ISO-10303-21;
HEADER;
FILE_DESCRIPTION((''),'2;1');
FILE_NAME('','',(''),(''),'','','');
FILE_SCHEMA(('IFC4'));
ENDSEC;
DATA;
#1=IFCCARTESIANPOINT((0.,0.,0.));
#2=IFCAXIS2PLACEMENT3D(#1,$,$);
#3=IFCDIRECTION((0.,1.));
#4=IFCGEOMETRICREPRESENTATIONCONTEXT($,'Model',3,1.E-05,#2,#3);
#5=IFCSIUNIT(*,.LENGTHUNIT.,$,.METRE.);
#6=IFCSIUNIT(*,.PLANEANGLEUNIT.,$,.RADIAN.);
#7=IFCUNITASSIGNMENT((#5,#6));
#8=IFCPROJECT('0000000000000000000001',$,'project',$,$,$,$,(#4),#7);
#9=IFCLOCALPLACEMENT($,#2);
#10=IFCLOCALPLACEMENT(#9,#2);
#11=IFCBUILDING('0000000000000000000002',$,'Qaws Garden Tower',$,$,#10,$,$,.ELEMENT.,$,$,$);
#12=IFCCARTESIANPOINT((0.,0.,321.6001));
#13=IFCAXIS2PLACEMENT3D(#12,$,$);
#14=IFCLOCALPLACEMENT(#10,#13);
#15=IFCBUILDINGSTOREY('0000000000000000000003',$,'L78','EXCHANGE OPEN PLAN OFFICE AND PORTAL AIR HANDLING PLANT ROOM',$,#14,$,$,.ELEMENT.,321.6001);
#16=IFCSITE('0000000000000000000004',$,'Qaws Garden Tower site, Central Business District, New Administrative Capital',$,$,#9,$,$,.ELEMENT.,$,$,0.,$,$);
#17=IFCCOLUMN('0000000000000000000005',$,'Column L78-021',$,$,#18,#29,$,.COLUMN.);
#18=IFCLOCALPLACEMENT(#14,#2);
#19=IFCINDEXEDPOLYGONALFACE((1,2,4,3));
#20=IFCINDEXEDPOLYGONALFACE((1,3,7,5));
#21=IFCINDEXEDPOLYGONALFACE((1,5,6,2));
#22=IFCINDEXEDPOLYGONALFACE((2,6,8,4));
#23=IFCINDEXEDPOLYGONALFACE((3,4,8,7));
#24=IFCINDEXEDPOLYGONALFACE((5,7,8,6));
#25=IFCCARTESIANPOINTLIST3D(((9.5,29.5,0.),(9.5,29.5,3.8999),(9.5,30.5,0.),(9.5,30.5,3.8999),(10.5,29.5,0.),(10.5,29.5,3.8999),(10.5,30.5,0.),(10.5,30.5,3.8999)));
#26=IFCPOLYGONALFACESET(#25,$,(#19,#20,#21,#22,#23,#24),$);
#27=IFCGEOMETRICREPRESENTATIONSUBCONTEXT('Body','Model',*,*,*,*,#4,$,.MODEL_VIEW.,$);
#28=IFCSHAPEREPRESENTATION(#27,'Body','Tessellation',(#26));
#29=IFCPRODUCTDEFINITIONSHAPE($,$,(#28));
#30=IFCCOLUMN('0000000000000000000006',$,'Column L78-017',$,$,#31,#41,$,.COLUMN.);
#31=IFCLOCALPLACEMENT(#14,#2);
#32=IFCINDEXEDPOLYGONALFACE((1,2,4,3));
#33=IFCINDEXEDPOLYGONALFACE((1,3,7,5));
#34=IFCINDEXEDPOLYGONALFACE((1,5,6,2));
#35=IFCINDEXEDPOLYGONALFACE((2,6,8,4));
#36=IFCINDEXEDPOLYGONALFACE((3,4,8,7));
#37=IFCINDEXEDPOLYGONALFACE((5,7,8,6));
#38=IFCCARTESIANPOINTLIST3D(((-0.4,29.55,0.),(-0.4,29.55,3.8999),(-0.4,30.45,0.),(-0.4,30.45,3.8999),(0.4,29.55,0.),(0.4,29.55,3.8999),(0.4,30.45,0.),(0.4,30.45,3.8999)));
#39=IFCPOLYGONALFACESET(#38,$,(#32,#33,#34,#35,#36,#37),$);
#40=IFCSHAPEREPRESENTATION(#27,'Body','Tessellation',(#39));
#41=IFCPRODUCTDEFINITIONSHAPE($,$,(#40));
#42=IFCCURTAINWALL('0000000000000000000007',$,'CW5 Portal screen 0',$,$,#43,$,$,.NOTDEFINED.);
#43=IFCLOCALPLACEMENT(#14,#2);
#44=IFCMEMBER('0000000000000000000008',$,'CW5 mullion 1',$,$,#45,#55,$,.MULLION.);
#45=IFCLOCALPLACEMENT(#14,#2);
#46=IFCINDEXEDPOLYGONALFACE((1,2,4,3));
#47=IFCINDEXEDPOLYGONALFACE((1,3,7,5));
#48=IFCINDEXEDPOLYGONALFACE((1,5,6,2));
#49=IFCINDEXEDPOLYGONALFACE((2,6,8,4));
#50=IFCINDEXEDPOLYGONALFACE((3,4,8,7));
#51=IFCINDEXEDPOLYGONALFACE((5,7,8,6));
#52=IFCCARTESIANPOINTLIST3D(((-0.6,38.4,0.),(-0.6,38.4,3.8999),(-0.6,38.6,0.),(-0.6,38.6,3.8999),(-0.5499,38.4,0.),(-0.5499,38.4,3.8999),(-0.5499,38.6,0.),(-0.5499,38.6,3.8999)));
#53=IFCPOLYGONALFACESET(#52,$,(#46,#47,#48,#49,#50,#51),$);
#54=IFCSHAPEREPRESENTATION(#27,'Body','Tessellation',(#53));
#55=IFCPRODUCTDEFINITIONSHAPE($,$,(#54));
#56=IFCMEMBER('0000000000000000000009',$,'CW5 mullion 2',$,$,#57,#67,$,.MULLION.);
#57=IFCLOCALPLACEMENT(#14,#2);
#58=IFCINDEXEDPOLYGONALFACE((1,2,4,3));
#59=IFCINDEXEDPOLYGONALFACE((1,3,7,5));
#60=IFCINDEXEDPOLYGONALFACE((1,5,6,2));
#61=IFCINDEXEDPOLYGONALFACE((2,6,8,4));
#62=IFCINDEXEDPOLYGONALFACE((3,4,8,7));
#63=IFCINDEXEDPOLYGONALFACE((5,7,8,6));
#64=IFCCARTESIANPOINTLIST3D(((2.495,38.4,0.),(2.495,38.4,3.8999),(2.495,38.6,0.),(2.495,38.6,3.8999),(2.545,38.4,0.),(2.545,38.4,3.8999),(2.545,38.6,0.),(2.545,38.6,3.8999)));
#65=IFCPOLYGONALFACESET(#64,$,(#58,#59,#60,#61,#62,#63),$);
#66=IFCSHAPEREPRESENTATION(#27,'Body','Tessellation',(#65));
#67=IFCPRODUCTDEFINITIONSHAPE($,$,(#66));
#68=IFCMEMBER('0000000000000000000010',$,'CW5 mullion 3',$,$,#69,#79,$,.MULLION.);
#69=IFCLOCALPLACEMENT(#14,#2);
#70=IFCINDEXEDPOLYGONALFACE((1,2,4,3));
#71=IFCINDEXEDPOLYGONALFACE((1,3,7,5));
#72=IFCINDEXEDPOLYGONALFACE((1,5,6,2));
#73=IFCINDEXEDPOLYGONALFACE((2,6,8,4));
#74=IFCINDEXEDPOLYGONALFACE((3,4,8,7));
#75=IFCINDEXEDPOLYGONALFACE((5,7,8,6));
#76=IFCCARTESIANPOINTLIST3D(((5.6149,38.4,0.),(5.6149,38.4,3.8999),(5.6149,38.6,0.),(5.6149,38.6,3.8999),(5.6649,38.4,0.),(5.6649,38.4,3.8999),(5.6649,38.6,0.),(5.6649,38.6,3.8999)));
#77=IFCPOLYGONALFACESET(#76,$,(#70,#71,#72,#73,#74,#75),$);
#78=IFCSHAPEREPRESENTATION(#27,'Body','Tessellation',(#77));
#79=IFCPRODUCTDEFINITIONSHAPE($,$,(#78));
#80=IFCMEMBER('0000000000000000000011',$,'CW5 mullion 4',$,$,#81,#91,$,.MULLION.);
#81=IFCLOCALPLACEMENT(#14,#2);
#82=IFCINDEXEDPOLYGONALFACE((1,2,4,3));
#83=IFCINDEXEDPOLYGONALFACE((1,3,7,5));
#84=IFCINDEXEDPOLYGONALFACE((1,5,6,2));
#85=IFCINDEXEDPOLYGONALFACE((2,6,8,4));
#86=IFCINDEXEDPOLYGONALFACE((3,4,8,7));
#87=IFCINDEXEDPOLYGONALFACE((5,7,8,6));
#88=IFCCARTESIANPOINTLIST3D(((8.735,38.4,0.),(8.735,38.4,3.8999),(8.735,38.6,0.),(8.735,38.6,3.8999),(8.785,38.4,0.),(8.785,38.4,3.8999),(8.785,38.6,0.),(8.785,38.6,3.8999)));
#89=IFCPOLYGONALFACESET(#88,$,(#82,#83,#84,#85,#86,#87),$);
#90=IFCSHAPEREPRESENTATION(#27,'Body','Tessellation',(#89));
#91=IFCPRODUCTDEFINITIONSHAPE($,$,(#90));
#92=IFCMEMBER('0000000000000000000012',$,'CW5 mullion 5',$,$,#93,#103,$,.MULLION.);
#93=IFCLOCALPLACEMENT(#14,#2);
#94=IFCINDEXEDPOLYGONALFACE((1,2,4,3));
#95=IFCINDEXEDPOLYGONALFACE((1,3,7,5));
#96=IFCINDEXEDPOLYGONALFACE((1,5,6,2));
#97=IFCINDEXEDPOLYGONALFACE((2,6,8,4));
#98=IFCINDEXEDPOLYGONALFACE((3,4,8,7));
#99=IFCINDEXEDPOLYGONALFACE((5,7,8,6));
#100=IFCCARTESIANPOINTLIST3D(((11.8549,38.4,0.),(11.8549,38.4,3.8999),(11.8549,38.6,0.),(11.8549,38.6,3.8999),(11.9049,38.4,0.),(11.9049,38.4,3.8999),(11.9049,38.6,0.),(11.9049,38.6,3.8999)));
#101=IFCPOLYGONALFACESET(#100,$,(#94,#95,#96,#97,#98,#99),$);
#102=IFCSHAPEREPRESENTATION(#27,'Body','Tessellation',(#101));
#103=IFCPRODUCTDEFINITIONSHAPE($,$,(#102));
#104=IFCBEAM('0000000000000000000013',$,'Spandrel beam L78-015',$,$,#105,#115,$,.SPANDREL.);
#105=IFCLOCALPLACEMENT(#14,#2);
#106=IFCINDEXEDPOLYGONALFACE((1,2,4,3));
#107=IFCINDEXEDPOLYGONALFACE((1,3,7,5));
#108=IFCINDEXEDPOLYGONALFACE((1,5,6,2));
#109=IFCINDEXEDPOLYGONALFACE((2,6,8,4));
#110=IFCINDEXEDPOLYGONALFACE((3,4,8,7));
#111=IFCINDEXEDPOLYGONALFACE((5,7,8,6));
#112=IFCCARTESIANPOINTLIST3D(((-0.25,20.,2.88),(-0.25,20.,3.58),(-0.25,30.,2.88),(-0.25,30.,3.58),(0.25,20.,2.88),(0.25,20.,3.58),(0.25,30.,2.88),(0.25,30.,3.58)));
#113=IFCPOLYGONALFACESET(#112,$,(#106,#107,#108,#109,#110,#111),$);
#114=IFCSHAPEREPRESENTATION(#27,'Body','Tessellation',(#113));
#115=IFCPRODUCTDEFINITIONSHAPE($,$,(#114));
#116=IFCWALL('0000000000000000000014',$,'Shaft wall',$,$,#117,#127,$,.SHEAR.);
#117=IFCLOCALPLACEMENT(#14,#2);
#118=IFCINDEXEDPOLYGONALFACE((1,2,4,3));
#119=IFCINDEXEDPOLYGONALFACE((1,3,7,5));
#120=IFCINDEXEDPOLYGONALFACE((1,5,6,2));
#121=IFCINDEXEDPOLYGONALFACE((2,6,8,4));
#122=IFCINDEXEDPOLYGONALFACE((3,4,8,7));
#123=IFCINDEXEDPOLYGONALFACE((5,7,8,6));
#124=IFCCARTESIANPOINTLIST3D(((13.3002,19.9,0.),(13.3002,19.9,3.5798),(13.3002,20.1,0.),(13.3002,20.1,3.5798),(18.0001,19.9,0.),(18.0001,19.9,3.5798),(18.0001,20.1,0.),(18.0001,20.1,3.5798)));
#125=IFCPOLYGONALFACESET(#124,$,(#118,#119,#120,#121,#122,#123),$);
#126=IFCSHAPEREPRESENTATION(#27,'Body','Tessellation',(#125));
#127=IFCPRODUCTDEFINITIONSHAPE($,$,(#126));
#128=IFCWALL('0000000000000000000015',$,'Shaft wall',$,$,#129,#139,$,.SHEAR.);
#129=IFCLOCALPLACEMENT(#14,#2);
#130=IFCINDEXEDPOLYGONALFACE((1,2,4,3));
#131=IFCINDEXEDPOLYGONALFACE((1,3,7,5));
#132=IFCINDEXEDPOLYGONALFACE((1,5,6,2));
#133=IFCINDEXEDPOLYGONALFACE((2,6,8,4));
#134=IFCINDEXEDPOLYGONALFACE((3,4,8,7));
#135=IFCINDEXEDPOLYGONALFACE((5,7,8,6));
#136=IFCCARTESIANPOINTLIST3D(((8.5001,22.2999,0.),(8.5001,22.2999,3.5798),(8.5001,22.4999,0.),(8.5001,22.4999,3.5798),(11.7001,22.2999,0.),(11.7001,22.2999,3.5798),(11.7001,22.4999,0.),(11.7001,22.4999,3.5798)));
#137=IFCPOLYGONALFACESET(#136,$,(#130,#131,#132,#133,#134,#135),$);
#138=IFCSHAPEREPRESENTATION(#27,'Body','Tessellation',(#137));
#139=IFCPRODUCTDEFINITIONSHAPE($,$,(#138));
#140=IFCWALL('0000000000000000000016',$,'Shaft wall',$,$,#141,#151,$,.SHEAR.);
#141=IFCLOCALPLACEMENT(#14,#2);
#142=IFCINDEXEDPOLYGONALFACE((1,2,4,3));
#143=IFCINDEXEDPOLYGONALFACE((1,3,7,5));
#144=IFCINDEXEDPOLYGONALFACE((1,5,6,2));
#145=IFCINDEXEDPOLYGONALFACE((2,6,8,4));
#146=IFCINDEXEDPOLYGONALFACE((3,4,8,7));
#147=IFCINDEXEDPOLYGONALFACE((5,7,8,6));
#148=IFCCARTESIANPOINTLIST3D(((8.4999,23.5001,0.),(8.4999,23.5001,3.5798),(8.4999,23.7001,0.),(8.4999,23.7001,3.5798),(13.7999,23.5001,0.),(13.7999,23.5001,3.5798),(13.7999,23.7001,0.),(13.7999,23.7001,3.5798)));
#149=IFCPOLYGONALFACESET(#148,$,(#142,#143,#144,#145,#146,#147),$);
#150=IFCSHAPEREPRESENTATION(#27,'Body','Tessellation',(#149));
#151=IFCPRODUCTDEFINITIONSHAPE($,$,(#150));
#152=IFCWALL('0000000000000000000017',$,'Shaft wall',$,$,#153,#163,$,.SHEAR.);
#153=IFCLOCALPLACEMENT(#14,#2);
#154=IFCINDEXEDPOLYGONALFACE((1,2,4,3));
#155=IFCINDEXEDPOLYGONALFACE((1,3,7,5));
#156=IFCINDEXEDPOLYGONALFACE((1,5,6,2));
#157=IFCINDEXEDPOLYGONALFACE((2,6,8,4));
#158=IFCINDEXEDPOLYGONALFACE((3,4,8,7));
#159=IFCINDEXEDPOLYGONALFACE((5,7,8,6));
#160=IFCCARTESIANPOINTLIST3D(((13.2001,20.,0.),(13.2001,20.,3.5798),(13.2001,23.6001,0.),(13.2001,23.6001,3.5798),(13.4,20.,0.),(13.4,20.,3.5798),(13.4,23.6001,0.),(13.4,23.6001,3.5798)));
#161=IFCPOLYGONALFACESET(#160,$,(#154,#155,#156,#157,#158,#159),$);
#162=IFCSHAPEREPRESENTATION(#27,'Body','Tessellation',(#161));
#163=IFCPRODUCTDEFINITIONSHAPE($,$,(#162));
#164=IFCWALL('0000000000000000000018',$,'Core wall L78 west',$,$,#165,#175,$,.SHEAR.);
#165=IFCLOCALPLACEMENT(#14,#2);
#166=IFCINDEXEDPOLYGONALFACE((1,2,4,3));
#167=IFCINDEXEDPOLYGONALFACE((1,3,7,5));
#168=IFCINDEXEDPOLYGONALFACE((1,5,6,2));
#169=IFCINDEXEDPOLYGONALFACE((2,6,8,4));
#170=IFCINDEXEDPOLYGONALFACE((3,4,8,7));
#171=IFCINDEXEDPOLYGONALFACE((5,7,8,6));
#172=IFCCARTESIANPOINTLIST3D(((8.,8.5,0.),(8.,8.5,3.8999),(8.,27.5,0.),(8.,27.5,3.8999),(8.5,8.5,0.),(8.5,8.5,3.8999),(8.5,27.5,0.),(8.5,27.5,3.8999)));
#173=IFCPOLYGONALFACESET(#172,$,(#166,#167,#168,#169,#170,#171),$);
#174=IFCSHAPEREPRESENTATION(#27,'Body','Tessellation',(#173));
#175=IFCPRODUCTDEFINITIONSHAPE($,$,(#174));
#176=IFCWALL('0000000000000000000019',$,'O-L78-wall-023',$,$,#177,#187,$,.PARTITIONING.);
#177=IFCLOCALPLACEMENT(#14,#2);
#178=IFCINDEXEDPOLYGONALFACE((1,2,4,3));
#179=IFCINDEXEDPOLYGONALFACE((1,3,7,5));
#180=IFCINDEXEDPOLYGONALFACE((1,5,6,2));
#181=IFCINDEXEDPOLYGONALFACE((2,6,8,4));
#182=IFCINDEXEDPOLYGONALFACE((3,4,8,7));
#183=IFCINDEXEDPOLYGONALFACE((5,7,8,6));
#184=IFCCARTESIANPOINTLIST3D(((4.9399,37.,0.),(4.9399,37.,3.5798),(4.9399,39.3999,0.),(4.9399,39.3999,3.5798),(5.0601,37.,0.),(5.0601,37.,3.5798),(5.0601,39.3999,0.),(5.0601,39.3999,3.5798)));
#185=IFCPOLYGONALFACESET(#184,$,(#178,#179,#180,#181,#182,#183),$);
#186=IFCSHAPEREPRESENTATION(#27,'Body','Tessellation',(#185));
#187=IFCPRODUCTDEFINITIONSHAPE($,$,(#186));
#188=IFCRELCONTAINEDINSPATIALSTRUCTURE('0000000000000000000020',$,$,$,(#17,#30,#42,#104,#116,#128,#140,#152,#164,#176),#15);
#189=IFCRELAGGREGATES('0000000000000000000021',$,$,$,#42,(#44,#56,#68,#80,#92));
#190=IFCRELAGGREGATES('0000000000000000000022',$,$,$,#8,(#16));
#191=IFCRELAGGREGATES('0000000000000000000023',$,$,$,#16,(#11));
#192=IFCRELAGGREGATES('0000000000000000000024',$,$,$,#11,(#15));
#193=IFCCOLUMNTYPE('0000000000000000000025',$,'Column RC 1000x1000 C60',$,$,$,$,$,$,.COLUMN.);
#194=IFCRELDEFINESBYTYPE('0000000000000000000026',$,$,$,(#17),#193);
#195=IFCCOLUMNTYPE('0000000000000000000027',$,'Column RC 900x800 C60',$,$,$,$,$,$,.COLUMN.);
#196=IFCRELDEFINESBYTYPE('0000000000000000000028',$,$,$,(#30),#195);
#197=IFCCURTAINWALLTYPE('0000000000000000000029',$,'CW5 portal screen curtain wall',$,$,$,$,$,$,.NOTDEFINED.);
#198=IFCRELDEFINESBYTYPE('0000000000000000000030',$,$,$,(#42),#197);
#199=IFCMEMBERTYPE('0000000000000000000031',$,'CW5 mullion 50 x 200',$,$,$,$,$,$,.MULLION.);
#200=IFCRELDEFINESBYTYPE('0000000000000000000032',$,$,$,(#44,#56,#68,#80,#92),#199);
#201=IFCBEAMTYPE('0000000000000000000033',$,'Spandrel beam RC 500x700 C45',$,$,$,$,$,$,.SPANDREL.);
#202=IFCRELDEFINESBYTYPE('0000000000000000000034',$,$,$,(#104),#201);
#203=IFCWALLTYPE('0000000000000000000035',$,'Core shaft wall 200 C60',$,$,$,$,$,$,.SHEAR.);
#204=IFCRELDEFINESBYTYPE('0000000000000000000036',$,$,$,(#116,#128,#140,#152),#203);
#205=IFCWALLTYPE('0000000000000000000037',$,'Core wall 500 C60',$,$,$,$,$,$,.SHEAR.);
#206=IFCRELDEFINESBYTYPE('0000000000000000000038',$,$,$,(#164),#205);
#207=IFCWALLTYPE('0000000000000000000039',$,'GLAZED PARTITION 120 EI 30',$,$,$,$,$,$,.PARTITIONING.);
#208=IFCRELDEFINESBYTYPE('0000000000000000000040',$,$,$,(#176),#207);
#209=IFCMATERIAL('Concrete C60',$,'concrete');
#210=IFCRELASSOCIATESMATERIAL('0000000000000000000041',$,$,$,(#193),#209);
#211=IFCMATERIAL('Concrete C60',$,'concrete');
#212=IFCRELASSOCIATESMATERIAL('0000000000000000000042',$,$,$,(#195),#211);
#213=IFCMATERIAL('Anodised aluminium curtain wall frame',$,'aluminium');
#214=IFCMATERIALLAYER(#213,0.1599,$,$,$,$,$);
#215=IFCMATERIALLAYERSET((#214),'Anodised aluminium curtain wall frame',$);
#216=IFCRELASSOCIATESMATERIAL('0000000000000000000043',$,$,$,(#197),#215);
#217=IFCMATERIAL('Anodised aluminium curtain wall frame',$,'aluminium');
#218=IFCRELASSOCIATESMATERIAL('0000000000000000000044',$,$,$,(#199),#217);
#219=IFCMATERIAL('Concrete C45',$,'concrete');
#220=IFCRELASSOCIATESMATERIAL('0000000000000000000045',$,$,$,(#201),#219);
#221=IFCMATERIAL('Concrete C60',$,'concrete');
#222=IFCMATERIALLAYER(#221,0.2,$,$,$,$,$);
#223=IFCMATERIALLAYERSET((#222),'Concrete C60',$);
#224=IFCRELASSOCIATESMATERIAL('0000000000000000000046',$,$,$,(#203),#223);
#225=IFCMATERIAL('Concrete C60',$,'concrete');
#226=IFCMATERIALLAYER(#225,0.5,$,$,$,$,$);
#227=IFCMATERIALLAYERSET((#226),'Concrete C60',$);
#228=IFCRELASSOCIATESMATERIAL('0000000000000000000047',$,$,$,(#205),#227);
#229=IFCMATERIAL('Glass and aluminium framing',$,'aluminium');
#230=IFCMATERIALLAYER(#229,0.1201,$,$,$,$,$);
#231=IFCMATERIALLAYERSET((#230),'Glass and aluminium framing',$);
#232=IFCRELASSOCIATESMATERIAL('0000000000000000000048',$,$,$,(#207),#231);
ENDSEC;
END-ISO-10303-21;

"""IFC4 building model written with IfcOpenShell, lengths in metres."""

from ifc_helpers import new_model, si_unit, direction, frame, frame_2d, origin, origin_2d, place, context, subcontext, project, spatial, rectangle, extrude, material, layer, layer_set, material_profile, profile_set, type_object, element, aggregate, save


model = new_model("IFC4")

# Units and contexts
model_context = context("Model", 3, precision=1e-05, world=origin(), true_north=direction((0.0, 1.0)))
body_context = subcontext(model_context, "Body", "Model", "MODEL_VIEW")
ifc_project = project(units=[si_unit("LENGTHUNIT", "METRE"), si_unit("PLANEANGLEUNIT", "RADIAN")], contexts=[model_context])

# Site, building, storey
site_placement = place(None, origin())
site = spatial("IfcSite", under=ifc_project, at=site_placement, Name="Qaws Garden Tower site, Central Business District, New Administrative Capital", CompositionType="ELEMENT", RefElevation=0.0)
building_placement = place(site_placement, origin())
building = spatial("IfcBuilding", under=site, at=building_placement, Name="Qaws Garden Tower", CompositionType="ELEMENT")
storey_placement = place(building_placement, frame((0.0, 0.0, 321.6001)))
storey = spatial("IfcBuildingStorey", under=building, at=storey_placement, Name="L78", Description="EXCHANGE OPEN PLAN OFFICE AND PORTAL AIR HANDLING PLANT ROOM", CompositionType="ELEMENT", Elevation=321.6001)

# Columns
ifc_material_1 = material(Name="Concrete C60", Category="concrete")
ifc_material_profile_1 = material_profile(ifc_material_1, rectangle(XDim=1.0, YDim=1.0, at=origin_2d()), Name="RC 1000x1000")
ifc_profile_set_1 = profile_set([ifc_material_profile_1], Name="Concrete C60")
column_type_1 = type_object("IfcColumnType", Name="Column RC 1000x1000 C60", PredefinedType="COLUMN", material=ifc_profile_set_1)
column_1_placement = place(storey_placement, frame((10.0, 30.0, 0.0), z_axis=(0.0, 0.0, 1.0), x_axis=(1.0, 0.0, 0.0)))
element("IfcColumn", 1, at=column_1_placement, inside=storey, type_object=column_type_1, Name="Column L78-021", PredefinedType="COLUMN", context=body_context, shape_type="SweptSolid", body=[
    extrude(rectangle(XDim=1.0, YDim=1.0, at=origin_2d()), origin(), (0.0, 0.0, 1.0), 3.8999),
])
ifc_material_2 = material(Name="Concrete C60", Category="concrete")
ifc_material_profile_2 = material_profile(ifc_material_2, rectangle(XDim=0.8999, YDim=0.8, at=origin_2d()), Name="RC 900x800")
ifc_profile_set_2 = profile_set([ifc_material_profile_2], Name="Concrete C60")
column_type_2 = type_object("IfcColumnType", Name="Column RC 900x800 C60", PredefinedType="COLUMN", material=ifc_profile_set_2)
column_2_placement = place(storey_placement, frame((0.0, 30.0, 0.0), z_axis=(0.0, 0.0, 1.0), x_axis=(0.0, 1.0, 0.0)))
element("IfcColumn", 2, at=column_2_placement, inside=storey, type_object=column_type_2, Name="Column L78-017", PredefinedType="COLUMN", context=body_context, shape_type="SweptSolid", body=[
    extrude(rectangle(XDim=0.8999, YDim=0.8, at=origin_2d()), origin(), (0.0, 0.0, 1.0), 3.8999),
])

# Curtain wall, members
ifc_material_3 = material(Name="Anodised aluminium curtain wall frame", Category="aluminium")
ifc_layer_1 = layer(ifc_material_3, 0.1599)
ifc_layer_set_1 = layer_set([ifc_layer_1], Name="Anodised aluminium curtain wall frame")
curtain_wall_type = type_object("IfcCurtainWallType", Name="CW5 portal screen curtain wall", PredefinedType="NOTDEFINED", material=ifc_layer_set_1)
placement = place(storey_placement, origin())
curtain_wall = element("IfcCurtainWall", 3, at=placement, inside=storey, type_object=curtain_wall_type, Name="CW5 Portal screen 0", PredefinedType="NOTDEFINED")
ifc_material_4 = material(Name="Anodised aluminium curtain wall frame", Category="aluminium")
ifc_material_profile_3 = material_profile(ifc_material_4, rectangle(XDim=0.2, YDim=0.05, at=origin_2d()), Name="AL 50x200")
ifc_profile_set_3 = profile_set([ifc_material_profile_3], Name="Anodised aluminium curtain wall frame")
member_type = type_object("IfcMemberType", Name="CW5 mullion 50 x 200", PredefinedType="MULLION", material=ifc_profile_set_3)
member_1_placement = place(storey_placement, frame((-0.575, 38.5, 0.0), z_axis=(0.0, 0.0, 1.0), x_axis=(0.0, 1.0, 0.0)))
member_1 = element("IfcMember", 4, at=member_1_placement, type_object=member_type, Name="CW5 mullion 1", PredefinedType="MULLION", context=body_context, shape_type="SweptSolid", body=[
    extrude(rectangle(XDim=0.2, YDim=0.05, at=origin_2d()), origin(), (0.0, 0.0, 1.0), 3.8999),
])
member_2_placement = place(storey_placement, frame((2.52, 38.5, 0.0), z_axis=(0.0, 0.0, 1.0), x_axis=(0.0, 1.0, 0.0)))
member_2 = element("IfcMember", 5, at=member_2_placement, type_object=member_type, Name="CW5 mullion 2", PredefinedType="MULLION", context=body_context, shape_type="SweptSolid", body=[
    extrude(rectangle(XDim=0.2, YDim=0.05, at=origin_2d()), origin(), (0.0, 0.0, 1.0), 3.8999),
])
member_3_placement = place(storey_placement, frame((5.6399, 38.5, 0.0), z_axis=(0.0, 0.0, 1.0), x_axis=(0.0, 1.0, 0.0)))
member_3 = element("IfcMember", 6, at=member_3_placement, type_object=member_type, Name="CW5 mullion 3", PredefinedType="MULLION", context=body_context, shape_type="SweptSolid", body=[
    extrude(rectangle(XDim=0.2, YDim=0.05, at=origin_2d()), origin(), (0.0, 0.0, 1.0), 3.8999),
])
member_4_placement = place(storey_placement, frame((8.76, 38.5, 0.0), z_axis=(0.0, 0.0, 1.0), x_axis=(0.0, 1.0, 0.0)))
member_4 = element("IfcMember", 7, at=member_4_placement, type_object=member_type, Name="CW5 mullion 4", PredefinedType="MULLION", context=body_context, shape_type="SweptSolid", body=[
    extrude(rectangle(XDim=0.2, YDim=0.05, at=origin_2d()), origin(), (0.0, 0.0, 1.0), 3.8999),
])
member_5_placement = place(storey_placement, frame((11.8799, 38.5, 0.0), z_axis=(0.0, 0.0, 1.0), x_axis=(0.0, 1.0, 0.0)))
member_5 = element("IfcMember", 8, at=member_5_placement, type_object=member_type, Name="CW5 mullion 5", PredefinedType="MULLION", context=body_context, shape_type="SweptSolid", body=[
    extrude(rectangle(XDim=0.2, YDim=0.05, at=origin_2d()), origin(), (0.0, 0.0, 1.0), 3.8999),
])
aggregate(curtain_wall, [member_1, member_2, member_3, member_4, member_5])

# Beam
ifc_material_5 = material(Name="Concrete C45", Category="concrete")
ifc_material_profile_4 = material_profile(ifc_material_5, rectangle(XDim=0.5, YDim=0.7, at=origin_2d()), Name="RC 500x700")
ifc_profile_set_4 = profile_set([ifc_material_profile_4], Name="Concrete C45")
beam_type = type_object("IfcBeamType", Name="Spandrel beam RC 500x700 C45", PredefinedType="SPANDREL", material=ifc_profile_set_4)
beam_placement = place(storey_placement, frame((0.0, 30.0, 3.23), z_axis=(0.0, -1.0, 0.0), x_axis=(1.0, 0.0, 0.0)))
element("IfcBeam", 9, at=beam_placement, inside=storey, type_object=beam_type, Name="Spandrel beam L78-015", PredefinedType="SPANDREL", context=body_context, shape_type="SweptSolid", body=[
    extrude(rectangle(XDim=0.5, YDim=0.7, at=origin_2d()), origin(), (0.0, 0.0, 1.0), 10.0),
])

# Walls
ifc_material_6 = material(Name="Concrete C60", Category="concrete")
ifc_layer_2 = layer(ifc_material_6, 0.2)
ifc_layer_set_2 = layer_set([ifc_layer_2], Name="Concrete C60")
wall_type_1 = type_object("IfcWallType", Name="Core shaft wall 200 C60", PredefinedType="SHEAR", material=ifc_layer_set_2)
wall_1_placement = place(storey_placement, frame((13.3, 20.0, 0.0), z_axis=(0.0, 0.0, 1.0), x_axis=(1.0, 0.0, 0.0)))
element("IfcWall", 10, at=wall_1_placement, inside=storey, type_object=wall_type_1, Name="Shaft wall", PredefinedType="SHEAR", context=body_context, shape_type="SweptSolid", body=[
    extrude(rectangle(XDim=4.7, YDim=0.2, at=frame_2d((2.3501, 0.0))), origin(), (0.0, 0.0, 1.0), 3.5798),
])
wall_2_placement = place(storey_placement, frame((8.5, 22.3999, 0.0), z_axis=(0.0, 0.0, 1.0), x_axis=(1.0, 0.0, 0.0)))
element("IfcWall", 11, at=wall_2_placement, inside=storey, type_object=wall_type_1, Name="Shaft wall", PredefinedType="SHEAR", context=body_context, shape_type="SweptSolid", body=[
    extrude(rectangle(XDim=3.2, YDim=0.2, at=frame_2d((1.6001, 0.0))), origin(), (0.0, 0.0, 1.0), 3.5798),
])
wall_3_placement = place(storey_placement, frame((8.5, 23.6001, 0.0), z_axis=(0.0, 0.0, 1.0), x_axis=(1.0, 0.0, 0.0)))
element("IfcWall", 12, at=wall_3_placement, inside=storey, type_object=wall_type_1, Name="Shaft wall", PredefinedType="SHEAR", context=body_context, shape_type="SweptSolid", body=[
    extrude(rectangle(XDim=5.3, YDim=0.2, at=frame_2d((2.6499, 0.0))), origin(), (0.0, 0.0, 1.0), 3.5798),
])
wall_4_placement = place(storey_placement, frame((13.3, 20.0, 0.0), z_axis=(0.0, 0.0, 1.0), x_axis=(0.0, 1.0, 0.0)))
element("IfcWall", 13, at=wall_4_placement, inside=storey, type_object=wall_type_1, Name="Shaft wall", PredefinedType="SHEAR", context=body_context, shape_type="SweptSolid", body=[
    extrude(rectangle(XDim=3.6001, YDim=0.2, at=frame_2d((1.8, 0.0))), origin(), (0.0, 0.0, 1.0), 3.5798),
])
ifc_material_7 = material(Name="Concrete C60", Category="concrete")
ifc_layer_3 = layer(ifc_material_7, 0.5)
ifc_layer_set_3 = layer_set([ifc_layer_3], Name="Concrete C60")
wall_type_2 = type_object("IfcWallType", Name="Core wall 500 C60", PredefinedType="SHEAR", material=ifc_layer_set_3)
wall_5_placement = place(storey_placement, frame((8.25, 27.5, 0.0), z_axis=(0.0, 0.0, 1.0), x_axis=(0.0, -1.0, 0.0)))
element("IfcWall", 14, at=wall_5_placement, inside=storey, type_object=wall_type_2, Name="Core wall L78 west", PredefinedType="SHEAR", context=body_context, shape_type="SweptSolid", body=[
    extrude(rectangle(XDim=19.0, YDim=0.5, at=frame_2d((9.5, 0.0))), origin(), (0.0, 0.0, 1.0), 3.8999),
])
ifc_material_8 = material(Name="Glass and aluminium framing", Category="aluminium")
ifc_layer_4 = layer(ifc_material_8, 0.1201)
ifc_layer_set_4 = layer_set([ifc_layer_4], Name="Glass and aluminium framing")
wall_type_3 = type_object("IfcWallType", Name="GLAZED PARTITION 120 EI 30", PredefinedType="PARTITIONING", material=ifc_layer_set_4)
wall_6_placement = place(storey_placement, frame((5.0, 37.0, 0.0), z_axis=(0.0, 0.0, 1.0), x_axis=(0.0, 1.0, 0.0)))
element("IfcWall", 15, at=wall_6_placement, inside=storey, type_object=wall_type_3, Name="O-L78-wall-023", PredefinedType="PARTITIONING", context=body_context, shape_type="SweptSolid", body=[
    extrude(rectangle(XDim=2.3999, YDim=0.1201, at=frame_2d((1.2, 0.0))), origin(), (0.0, 0.0, 1.0), 3.5798),
])

save(model, "model.ifc")
